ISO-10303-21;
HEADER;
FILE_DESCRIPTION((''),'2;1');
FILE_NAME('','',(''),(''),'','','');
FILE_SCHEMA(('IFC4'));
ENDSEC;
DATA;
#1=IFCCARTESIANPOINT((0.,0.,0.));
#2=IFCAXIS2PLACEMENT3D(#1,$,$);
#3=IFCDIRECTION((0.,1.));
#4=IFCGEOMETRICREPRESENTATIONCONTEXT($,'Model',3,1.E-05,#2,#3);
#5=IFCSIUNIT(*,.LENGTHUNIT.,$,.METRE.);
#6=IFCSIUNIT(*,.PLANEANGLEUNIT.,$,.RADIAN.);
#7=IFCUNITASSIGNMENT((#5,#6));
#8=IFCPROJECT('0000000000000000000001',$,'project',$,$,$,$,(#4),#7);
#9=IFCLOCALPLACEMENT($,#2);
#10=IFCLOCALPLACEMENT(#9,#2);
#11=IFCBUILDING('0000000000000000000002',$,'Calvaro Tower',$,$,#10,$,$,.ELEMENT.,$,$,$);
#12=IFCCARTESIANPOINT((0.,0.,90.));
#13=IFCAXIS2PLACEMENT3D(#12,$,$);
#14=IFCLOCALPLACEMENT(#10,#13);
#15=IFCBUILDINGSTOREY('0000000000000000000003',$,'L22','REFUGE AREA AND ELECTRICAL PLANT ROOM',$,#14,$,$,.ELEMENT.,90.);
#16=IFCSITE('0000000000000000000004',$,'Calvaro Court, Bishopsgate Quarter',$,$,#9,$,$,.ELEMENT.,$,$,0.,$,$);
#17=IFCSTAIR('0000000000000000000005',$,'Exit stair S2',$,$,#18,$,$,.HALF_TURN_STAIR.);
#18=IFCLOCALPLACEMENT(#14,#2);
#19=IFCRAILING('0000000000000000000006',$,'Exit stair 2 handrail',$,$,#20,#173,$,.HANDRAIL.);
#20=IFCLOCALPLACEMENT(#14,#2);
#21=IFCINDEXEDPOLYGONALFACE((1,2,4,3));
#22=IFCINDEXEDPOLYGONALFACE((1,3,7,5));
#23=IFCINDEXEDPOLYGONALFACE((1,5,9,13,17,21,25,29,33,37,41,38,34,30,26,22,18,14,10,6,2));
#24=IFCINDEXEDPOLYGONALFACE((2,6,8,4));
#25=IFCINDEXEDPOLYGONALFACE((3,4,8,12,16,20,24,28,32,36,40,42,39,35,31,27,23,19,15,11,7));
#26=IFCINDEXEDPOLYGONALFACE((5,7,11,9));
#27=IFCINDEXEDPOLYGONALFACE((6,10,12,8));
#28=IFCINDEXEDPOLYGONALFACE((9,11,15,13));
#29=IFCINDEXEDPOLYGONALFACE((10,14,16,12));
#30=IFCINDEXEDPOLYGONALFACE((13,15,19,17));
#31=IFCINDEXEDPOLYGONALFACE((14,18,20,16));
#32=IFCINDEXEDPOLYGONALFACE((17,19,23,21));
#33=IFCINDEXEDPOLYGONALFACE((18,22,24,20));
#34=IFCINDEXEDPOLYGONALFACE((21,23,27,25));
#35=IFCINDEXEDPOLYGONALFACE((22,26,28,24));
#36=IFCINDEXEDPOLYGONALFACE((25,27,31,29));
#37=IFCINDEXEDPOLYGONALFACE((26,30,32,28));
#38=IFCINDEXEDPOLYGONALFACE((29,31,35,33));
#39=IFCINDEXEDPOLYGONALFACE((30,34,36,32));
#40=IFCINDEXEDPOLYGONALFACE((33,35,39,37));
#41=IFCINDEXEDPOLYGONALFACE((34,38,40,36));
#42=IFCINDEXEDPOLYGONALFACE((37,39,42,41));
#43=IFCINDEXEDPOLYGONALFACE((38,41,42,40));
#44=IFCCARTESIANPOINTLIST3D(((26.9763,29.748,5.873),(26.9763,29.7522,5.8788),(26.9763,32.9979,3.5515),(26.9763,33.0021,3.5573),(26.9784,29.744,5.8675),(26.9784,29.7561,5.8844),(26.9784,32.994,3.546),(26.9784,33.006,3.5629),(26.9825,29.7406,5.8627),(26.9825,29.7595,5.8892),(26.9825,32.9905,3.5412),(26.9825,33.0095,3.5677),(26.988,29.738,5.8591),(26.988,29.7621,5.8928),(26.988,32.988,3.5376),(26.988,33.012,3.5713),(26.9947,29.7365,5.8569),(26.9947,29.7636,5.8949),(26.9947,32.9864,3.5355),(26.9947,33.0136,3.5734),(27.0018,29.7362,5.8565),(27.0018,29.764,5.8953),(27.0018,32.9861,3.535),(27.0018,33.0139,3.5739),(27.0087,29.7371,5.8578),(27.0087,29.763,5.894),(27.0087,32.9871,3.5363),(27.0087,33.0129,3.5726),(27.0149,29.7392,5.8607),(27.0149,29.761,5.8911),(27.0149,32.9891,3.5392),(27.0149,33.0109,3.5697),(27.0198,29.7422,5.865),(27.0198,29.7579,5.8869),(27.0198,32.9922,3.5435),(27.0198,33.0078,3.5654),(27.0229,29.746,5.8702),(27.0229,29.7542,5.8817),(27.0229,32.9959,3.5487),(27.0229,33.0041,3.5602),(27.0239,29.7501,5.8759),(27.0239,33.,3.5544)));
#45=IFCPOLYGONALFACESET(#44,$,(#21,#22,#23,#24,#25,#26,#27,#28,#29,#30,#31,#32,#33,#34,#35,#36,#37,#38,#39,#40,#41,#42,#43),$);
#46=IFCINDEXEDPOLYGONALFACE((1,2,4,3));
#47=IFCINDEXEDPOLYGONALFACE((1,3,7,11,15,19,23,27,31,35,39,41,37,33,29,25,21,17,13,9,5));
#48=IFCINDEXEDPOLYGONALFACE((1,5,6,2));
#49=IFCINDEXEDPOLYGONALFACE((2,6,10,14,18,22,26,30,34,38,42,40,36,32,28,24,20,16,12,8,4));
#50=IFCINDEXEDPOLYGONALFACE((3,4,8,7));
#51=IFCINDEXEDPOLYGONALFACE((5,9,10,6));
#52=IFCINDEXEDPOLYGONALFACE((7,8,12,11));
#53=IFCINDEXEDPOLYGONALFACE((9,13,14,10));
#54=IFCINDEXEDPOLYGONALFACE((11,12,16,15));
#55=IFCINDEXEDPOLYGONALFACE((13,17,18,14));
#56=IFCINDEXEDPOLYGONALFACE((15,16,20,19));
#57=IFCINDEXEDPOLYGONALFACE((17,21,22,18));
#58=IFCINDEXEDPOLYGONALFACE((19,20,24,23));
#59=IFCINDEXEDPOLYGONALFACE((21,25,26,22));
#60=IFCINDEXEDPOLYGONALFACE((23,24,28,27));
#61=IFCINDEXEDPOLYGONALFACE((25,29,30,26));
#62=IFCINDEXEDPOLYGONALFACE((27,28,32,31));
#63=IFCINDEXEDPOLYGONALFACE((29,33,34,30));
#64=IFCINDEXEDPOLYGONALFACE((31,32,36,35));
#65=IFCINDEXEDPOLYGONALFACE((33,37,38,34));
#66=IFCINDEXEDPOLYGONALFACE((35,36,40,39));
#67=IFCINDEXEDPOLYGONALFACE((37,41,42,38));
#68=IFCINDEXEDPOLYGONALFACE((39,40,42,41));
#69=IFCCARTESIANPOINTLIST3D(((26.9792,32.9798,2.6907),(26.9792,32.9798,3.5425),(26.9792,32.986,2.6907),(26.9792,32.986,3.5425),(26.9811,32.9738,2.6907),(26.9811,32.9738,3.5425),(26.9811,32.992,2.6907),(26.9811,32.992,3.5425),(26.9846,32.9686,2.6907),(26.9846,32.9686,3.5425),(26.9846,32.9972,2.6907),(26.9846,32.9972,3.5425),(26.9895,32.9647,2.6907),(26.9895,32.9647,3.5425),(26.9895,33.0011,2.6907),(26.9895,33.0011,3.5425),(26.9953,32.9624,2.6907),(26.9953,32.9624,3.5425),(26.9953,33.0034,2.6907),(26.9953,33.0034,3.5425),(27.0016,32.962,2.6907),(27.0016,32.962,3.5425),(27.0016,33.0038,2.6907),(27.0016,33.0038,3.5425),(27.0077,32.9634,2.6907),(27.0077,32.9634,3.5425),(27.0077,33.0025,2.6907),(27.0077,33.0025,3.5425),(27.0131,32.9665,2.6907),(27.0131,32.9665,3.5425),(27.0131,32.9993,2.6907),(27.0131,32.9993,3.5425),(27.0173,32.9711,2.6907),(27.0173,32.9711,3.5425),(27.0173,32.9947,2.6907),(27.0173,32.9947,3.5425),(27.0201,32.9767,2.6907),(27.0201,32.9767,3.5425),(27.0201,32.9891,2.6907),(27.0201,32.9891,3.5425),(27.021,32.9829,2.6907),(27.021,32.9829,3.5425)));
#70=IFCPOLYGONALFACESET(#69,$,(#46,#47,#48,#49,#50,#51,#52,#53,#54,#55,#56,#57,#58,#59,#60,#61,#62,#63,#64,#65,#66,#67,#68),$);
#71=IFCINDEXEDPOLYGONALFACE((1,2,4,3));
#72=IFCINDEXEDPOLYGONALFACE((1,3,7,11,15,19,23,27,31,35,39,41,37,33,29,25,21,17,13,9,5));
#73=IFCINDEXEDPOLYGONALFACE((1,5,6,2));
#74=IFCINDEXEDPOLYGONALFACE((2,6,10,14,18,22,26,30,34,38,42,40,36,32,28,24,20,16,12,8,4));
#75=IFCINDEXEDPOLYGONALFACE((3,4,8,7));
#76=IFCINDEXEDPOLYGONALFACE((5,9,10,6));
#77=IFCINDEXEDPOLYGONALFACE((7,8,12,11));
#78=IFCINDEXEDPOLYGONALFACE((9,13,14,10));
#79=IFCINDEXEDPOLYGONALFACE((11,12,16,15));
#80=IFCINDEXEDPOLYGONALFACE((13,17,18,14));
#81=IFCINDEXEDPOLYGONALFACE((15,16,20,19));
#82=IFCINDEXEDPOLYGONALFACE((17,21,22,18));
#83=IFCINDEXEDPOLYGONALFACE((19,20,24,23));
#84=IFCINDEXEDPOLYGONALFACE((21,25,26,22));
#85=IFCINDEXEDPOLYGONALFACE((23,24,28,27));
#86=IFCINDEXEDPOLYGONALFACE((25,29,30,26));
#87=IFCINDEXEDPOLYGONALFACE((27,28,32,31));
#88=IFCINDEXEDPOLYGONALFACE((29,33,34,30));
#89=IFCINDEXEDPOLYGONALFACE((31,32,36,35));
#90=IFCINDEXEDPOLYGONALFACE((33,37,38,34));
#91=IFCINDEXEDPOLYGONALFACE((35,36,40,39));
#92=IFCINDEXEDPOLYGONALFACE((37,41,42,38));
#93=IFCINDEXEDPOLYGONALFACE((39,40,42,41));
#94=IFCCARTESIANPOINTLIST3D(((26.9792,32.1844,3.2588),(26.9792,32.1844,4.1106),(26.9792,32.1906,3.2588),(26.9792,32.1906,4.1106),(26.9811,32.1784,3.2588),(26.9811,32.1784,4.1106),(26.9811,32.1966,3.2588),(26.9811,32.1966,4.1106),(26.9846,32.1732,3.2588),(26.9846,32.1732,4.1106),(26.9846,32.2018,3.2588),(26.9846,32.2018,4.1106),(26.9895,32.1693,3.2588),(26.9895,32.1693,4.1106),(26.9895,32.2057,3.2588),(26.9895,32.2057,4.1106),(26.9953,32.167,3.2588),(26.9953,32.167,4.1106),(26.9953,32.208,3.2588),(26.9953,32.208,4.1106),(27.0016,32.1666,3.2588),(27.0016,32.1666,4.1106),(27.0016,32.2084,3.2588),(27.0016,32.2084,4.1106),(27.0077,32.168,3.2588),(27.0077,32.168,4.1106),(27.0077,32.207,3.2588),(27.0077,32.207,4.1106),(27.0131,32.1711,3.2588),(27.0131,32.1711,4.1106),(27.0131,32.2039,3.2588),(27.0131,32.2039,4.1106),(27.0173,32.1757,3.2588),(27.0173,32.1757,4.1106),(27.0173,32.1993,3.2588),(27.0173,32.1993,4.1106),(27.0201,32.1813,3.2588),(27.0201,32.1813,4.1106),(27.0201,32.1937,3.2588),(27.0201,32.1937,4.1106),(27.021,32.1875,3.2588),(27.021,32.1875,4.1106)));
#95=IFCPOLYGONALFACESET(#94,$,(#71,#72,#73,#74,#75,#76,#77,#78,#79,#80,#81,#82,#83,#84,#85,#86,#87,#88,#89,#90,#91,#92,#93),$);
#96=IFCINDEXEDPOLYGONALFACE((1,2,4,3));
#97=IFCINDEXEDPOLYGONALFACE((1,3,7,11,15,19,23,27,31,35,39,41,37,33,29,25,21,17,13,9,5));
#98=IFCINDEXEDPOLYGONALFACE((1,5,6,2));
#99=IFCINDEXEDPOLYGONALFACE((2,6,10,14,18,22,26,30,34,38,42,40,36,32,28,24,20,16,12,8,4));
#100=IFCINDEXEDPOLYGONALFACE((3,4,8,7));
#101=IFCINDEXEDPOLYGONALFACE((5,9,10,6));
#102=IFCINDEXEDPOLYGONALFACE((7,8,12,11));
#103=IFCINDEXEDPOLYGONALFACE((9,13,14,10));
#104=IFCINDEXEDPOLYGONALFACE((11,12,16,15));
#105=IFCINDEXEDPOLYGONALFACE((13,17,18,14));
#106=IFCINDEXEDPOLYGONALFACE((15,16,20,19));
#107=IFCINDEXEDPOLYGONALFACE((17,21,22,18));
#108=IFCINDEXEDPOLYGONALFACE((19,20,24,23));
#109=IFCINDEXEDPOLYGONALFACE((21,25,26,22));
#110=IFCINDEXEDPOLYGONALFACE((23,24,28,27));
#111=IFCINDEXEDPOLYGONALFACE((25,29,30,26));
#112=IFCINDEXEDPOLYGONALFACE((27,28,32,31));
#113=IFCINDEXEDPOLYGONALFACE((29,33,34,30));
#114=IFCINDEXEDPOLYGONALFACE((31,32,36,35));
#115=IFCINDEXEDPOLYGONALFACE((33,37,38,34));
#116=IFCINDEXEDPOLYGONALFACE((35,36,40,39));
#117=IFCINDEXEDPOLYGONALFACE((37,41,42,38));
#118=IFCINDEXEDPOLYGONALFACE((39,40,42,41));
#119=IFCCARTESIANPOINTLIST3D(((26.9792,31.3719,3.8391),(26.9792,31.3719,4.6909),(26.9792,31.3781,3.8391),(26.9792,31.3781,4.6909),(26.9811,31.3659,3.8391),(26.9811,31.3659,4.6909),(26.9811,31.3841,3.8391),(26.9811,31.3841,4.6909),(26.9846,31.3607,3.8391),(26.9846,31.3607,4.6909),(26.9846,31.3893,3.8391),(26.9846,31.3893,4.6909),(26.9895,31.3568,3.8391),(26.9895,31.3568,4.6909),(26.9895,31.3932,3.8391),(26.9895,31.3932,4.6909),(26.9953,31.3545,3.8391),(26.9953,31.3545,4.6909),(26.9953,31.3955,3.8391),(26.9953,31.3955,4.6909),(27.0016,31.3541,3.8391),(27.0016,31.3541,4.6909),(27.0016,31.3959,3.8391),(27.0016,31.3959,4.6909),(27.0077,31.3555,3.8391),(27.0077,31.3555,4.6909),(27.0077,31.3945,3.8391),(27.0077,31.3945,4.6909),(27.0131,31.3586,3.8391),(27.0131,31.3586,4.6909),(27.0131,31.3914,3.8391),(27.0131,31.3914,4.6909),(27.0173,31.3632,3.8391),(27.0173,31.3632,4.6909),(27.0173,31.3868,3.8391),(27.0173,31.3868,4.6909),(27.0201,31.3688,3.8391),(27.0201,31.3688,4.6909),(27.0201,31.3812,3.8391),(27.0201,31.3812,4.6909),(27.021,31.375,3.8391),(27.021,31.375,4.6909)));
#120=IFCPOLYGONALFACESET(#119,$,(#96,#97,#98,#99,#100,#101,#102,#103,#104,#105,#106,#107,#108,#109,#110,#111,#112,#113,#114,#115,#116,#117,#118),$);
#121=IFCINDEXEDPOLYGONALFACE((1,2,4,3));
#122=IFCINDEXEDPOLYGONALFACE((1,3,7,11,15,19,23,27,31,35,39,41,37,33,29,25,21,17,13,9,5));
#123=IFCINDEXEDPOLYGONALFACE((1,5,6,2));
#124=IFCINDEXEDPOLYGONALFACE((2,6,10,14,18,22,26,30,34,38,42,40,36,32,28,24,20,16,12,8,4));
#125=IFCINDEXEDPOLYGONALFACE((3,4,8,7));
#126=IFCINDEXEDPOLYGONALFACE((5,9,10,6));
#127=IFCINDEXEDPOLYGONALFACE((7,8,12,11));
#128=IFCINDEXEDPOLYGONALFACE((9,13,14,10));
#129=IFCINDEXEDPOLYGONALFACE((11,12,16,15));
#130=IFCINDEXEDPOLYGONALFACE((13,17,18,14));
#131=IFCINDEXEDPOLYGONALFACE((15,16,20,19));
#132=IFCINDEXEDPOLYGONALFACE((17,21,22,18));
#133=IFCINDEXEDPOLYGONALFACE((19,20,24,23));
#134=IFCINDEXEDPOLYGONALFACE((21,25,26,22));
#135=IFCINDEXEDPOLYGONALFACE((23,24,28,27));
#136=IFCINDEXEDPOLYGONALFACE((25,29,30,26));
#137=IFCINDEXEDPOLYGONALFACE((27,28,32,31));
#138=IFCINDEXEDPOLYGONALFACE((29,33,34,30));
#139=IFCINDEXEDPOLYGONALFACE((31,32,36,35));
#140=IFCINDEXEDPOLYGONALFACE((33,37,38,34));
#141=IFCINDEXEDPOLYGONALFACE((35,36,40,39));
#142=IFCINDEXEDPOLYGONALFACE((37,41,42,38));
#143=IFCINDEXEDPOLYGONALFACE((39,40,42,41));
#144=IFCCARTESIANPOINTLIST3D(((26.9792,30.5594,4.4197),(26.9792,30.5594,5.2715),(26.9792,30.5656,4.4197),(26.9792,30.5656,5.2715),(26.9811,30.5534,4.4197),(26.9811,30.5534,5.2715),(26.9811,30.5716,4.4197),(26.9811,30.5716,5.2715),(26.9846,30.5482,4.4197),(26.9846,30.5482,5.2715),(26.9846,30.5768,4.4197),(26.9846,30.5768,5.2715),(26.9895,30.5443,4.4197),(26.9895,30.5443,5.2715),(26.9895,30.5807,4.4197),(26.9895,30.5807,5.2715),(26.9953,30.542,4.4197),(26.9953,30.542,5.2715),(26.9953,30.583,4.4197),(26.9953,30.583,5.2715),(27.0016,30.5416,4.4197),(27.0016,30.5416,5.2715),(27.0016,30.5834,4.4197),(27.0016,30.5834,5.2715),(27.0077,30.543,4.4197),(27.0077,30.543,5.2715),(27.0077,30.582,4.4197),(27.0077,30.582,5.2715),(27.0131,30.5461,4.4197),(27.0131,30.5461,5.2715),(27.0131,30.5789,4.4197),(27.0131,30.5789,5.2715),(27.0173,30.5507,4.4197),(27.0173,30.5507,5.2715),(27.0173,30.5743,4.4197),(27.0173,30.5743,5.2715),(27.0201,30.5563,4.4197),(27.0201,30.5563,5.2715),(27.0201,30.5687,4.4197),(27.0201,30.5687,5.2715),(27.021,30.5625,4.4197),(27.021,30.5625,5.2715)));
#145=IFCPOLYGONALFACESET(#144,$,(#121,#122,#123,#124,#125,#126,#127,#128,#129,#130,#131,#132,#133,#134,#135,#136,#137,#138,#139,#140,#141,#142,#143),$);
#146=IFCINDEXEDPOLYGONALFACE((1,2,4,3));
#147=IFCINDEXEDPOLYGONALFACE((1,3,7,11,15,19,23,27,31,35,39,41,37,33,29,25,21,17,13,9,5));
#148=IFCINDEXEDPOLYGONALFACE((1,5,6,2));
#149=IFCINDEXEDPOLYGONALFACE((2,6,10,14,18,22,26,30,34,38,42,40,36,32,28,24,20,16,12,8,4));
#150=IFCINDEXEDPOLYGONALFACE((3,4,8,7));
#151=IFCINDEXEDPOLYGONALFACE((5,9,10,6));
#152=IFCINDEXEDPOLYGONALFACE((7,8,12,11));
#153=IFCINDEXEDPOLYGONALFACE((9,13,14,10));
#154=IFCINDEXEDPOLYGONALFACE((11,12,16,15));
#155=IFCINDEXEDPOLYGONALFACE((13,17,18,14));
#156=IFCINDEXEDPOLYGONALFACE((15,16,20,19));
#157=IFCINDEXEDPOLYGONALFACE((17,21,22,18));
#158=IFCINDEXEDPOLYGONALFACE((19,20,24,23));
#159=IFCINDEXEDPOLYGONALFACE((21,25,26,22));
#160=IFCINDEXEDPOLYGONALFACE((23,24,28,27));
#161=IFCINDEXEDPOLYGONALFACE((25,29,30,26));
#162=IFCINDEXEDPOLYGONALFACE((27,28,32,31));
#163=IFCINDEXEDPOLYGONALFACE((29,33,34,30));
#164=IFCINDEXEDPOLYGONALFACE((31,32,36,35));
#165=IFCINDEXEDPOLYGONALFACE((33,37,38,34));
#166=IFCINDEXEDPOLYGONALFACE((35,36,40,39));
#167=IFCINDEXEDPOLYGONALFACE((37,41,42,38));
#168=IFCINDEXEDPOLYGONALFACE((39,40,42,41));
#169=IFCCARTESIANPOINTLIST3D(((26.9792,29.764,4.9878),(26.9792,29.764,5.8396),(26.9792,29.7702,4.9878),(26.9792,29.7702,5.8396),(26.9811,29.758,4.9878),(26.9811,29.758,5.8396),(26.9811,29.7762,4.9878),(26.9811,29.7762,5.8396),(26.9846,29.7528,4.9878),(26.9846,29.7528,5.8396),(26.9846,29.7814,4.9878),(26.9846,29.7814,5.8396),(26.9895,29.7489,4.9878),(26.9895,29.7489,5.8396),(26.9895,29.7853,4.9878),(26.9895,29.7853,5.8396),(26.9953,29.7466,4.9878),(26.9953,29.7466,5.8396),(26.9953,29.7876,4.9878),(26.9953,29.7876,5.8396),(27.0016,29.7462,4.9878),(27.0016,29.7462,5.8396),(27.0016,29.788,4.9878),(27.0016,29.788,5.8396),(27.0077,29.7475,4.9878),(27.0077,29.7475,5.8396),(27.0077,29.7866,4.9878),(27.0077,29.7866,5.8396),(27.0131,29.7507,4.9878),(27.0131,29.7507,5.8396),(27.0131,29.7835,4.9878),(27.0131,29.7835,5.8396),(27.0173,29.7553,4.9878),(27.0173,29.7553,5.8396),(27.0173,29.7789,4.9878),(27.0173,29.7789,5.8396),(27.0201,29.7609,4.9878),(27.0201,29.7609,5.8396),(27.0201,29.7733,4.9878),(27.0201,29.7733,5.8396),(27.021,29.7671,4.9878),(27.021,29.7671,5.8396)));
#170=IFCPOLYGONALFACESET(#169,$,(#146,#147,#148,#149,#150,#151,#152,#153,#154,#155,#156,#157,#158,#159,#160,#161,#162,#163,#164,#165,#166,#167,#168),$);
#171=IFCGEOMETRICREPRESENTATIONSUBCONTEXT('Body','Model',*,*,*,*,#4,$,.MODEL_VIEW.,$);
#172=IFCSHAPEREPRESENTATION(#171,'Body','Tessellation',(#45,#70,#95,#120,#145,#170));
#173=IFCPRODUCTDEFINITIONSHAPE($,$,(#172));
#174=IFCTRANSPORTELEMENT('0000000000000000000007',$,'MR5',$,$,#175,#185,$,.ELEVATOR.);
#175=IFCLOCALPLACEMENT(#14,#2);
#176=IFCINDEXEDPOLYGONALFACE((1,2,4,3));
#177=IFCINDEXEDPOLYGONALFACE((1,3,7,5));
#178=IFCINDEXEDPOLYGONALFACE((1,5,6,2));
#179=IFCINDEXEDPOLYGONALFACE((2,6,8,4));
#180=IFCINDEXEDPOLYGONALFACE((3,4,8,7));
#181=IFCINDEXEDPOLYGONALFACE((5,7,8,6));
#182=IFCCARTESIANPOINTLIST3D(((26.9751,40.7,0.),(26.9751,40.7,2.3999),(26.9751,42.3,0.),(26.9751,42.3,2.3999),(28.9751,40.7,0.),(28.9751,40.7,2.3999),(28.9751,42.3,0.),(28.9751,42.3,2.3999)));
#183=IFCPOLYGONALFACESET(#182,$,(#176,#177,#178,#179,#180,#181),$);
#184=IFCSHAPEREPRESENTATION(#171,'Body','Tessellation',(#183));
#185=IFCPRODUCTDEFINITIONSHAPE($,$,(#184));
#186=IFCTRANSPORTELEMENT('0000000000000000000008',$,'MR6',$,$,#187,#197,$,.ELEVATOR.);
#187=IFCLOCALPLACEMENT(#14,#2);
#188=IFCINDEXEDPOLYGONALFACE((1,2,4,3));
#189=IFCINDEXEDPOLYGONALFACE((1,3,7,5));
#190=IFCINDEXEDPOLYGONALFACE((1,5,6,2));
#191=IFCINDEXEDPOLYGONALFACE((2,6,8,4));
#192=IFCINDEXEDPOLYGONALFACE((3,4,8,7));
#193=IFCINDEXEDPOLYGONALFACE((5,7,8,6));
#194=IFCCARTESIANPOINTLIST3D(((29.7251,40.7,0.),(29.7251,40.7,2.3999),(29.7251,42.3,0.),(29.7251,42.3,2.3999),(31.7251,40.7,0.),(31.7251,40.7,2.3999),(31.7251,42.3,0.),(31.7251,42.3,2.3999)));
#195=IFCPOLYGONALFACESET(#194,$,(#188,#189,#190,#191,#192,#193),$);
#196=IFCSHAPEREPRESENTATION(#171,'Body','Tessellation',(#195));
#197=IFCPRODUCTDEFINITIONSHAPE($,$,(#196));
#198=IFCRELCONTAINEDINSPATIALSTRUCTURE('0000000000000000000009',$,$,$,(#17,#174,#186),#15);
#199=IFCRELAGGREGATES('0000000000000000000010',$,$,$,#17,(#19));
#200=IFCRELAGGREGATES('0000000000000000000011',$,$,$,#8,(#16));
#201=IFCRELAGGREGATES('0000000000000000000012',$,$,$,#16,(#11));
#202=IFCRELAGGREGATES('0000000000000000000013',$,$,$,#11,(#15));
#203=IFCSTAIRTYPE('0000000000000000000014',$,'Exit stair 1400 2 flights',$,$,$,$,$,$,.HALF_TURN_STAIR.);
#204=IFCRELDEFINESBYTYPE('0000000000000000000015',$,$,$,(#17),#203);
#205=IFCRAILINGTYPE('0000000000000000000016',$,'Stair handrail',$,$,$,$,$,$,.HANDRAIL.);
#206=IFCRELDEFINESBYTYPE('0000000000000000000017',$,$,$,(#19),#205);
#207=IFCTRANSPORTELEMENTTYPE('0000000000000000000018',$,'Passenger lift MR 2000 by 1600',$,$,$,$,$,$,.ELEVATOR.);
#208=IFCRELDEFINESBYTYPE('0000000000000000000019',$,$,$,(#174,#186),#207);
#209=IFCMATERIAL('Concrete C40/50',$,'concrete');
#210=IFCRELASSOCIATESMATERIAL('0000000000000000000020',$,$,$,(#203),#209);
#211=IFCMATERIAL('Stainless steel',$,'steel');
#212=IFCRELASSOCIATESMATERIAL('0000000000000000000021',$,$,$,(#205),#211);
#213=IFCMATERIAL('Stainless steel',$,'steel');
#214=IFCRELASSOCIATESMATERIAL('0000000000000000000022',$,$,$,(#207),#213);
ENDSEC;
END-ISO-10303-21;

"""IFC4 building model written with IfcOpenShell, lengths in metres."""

from ifc_helpers import new_model, si_unit, direction, frame, origin, origin_2d, place, context, subcontext, project, spatial, rectangle, circle, extrude, material, type_object, element, aggregate, save


model = new_model("IFC4")

# Units and contexts
model_context = context("Model", 3, precision=1e-05, world=origin(), true_north=direction((0.0, 1.0)))
body_context = subcontext(model_context, "Body", "Model", "MODEL_VIEW")
ifc_project = project(units=[si_unit("LENGTHUNIT", "METRE"), si_unit("PLANEANGLEUNIT", "RADIAN")], contexts=[model_context])

# Site, building, storey
site_placement = place(None, origin())
site = spatial("IfcSite", under=ifc_project, at=site_placement, Name="Calvaro Court, Bishopsgate Quarter", CompositionType="ELEMENT", RefElevation=0.0)
building_placement = place(site_placement, origin())
building = spatial("IfcBuilding", under=site, at=building_placement, Name="Calvaro Tower", CompositionType="ELEMENT")
storey_placement = place(building_placement, frame((0.0, 0.0, 90.0)))
storey = spatial("IfcBuildingStorey", under=building, at=storey_placement, Name="L22", Description="REFUGE AREA AND ELECTRICAL PLANT ROOM", CompositionType="ELEMENT", Elevation=90.0)

# Stair, railing
ifc_material_1 = material(Name="Concrete C40/50", Category="concrete")
stair_type = type_object("IfcStairType", Name="Exit stair 1400 2 flights", PredefinedType="HALF_TURN_STAIR", material=ifc_material_1)
stair_placement = place(storey_placement, origin())
stair = element("IfcStair", 1, at=stair_placement, inside=storey, type_object=stair_type, Name="Exit stair S2", PredefinedType="HALF_TURN_STAIR")
ifc_material_2 = material(Name="Stainless steel", Category="steel")
railing_type = type_object("IfcRailingType", Name="Stair handrail", PredefinedType="HANDRAIL", material=ifc_material_2)
railing_placement = place(storey_placement, frame((27.0, 33.0, 2.6785)))
railing = element("IfcRailing", 2, at=railing_placement, type_object=railing_type, Name="Exit stair 2 handrail", PredefinedType="HANDRAIL", context=body_context, shape_type="SweptSolid", body=[
    extrude(circle(Radius=0.0239, at=origin_2d()), frame((0.0, 0.0, 0.876), z_axis=(0.0, -0.813721, 0.581256), x_axis=(1.0, 0.0, 0.0)), (0.0, 0.0, 1.0), 3.9939),
    extrude(circle(Radius=0.021, at=origin_2d()), frame((0.0, -0.0171, 0.0122)), (0.0, 0.0, 1.0), 0.8518),
    extrude(circle(Radius=0.021, at=origin_2d()), frame((0.0, -0.8125, 0.5803)), (0.0, 0.0, 1.0), 0.8518),
    extrude(circle(Radius=0.021, at=origin_2d()), frame((0.0, -1.625, 1.1606)), (0.0, 0.0, 1.0), 0.8518),
    extrude(circle(Radius=0.021, at=origin_2d()), frame((0.0, -2.4375, 1.7412)), (0.0, 0.0, 1.0), 0.8518),
    extrude(circle(Radius=0.021, at=origin_2d()), frame((0.0, -3.2329, 2.3093)), (0.0, 0.0, 1.0), 0.8518),
])
aggregate(stair, [railing])

# Transport elements
ifc_material_3 = material(Name="Stainless steel", Category="steel")
transport_element_type = type_object("IfcTransportElementType", Name="Passenger lift MR 2000 by 1600", PredefinedType="ELEVATOR", material=ifc_material_3)
for number, where, z_axis, x_axis, name in (
    (3, (27.9751, 41.5, 0.0), (0.0, 0.0, 1.0), (1.0, 0.0, 0.0), "MR5"),
    (4, (30.7251, 41.5, 0.0), (0.0, 0.0, 1.0), (1.0, 0.0, 0.0), "MR6"),
):
    element("IfcTransportElement", number, at=place(storey_placement, frame(where, z_axis=z_axis, x_axis=x_axis)), inside=storey, type_object=transport_element_type, Name=name, PredefinedType="ELEVATOR", context=body_context, shape_type="SweptSolid", body=[
        extrude(rectangle(XDim=2.0, YDim=1.6001, at=origin_2d()), origin(), (0.0, 0.0, 1.0), 2.3999),
    ])

save(model, "model.ifc")
